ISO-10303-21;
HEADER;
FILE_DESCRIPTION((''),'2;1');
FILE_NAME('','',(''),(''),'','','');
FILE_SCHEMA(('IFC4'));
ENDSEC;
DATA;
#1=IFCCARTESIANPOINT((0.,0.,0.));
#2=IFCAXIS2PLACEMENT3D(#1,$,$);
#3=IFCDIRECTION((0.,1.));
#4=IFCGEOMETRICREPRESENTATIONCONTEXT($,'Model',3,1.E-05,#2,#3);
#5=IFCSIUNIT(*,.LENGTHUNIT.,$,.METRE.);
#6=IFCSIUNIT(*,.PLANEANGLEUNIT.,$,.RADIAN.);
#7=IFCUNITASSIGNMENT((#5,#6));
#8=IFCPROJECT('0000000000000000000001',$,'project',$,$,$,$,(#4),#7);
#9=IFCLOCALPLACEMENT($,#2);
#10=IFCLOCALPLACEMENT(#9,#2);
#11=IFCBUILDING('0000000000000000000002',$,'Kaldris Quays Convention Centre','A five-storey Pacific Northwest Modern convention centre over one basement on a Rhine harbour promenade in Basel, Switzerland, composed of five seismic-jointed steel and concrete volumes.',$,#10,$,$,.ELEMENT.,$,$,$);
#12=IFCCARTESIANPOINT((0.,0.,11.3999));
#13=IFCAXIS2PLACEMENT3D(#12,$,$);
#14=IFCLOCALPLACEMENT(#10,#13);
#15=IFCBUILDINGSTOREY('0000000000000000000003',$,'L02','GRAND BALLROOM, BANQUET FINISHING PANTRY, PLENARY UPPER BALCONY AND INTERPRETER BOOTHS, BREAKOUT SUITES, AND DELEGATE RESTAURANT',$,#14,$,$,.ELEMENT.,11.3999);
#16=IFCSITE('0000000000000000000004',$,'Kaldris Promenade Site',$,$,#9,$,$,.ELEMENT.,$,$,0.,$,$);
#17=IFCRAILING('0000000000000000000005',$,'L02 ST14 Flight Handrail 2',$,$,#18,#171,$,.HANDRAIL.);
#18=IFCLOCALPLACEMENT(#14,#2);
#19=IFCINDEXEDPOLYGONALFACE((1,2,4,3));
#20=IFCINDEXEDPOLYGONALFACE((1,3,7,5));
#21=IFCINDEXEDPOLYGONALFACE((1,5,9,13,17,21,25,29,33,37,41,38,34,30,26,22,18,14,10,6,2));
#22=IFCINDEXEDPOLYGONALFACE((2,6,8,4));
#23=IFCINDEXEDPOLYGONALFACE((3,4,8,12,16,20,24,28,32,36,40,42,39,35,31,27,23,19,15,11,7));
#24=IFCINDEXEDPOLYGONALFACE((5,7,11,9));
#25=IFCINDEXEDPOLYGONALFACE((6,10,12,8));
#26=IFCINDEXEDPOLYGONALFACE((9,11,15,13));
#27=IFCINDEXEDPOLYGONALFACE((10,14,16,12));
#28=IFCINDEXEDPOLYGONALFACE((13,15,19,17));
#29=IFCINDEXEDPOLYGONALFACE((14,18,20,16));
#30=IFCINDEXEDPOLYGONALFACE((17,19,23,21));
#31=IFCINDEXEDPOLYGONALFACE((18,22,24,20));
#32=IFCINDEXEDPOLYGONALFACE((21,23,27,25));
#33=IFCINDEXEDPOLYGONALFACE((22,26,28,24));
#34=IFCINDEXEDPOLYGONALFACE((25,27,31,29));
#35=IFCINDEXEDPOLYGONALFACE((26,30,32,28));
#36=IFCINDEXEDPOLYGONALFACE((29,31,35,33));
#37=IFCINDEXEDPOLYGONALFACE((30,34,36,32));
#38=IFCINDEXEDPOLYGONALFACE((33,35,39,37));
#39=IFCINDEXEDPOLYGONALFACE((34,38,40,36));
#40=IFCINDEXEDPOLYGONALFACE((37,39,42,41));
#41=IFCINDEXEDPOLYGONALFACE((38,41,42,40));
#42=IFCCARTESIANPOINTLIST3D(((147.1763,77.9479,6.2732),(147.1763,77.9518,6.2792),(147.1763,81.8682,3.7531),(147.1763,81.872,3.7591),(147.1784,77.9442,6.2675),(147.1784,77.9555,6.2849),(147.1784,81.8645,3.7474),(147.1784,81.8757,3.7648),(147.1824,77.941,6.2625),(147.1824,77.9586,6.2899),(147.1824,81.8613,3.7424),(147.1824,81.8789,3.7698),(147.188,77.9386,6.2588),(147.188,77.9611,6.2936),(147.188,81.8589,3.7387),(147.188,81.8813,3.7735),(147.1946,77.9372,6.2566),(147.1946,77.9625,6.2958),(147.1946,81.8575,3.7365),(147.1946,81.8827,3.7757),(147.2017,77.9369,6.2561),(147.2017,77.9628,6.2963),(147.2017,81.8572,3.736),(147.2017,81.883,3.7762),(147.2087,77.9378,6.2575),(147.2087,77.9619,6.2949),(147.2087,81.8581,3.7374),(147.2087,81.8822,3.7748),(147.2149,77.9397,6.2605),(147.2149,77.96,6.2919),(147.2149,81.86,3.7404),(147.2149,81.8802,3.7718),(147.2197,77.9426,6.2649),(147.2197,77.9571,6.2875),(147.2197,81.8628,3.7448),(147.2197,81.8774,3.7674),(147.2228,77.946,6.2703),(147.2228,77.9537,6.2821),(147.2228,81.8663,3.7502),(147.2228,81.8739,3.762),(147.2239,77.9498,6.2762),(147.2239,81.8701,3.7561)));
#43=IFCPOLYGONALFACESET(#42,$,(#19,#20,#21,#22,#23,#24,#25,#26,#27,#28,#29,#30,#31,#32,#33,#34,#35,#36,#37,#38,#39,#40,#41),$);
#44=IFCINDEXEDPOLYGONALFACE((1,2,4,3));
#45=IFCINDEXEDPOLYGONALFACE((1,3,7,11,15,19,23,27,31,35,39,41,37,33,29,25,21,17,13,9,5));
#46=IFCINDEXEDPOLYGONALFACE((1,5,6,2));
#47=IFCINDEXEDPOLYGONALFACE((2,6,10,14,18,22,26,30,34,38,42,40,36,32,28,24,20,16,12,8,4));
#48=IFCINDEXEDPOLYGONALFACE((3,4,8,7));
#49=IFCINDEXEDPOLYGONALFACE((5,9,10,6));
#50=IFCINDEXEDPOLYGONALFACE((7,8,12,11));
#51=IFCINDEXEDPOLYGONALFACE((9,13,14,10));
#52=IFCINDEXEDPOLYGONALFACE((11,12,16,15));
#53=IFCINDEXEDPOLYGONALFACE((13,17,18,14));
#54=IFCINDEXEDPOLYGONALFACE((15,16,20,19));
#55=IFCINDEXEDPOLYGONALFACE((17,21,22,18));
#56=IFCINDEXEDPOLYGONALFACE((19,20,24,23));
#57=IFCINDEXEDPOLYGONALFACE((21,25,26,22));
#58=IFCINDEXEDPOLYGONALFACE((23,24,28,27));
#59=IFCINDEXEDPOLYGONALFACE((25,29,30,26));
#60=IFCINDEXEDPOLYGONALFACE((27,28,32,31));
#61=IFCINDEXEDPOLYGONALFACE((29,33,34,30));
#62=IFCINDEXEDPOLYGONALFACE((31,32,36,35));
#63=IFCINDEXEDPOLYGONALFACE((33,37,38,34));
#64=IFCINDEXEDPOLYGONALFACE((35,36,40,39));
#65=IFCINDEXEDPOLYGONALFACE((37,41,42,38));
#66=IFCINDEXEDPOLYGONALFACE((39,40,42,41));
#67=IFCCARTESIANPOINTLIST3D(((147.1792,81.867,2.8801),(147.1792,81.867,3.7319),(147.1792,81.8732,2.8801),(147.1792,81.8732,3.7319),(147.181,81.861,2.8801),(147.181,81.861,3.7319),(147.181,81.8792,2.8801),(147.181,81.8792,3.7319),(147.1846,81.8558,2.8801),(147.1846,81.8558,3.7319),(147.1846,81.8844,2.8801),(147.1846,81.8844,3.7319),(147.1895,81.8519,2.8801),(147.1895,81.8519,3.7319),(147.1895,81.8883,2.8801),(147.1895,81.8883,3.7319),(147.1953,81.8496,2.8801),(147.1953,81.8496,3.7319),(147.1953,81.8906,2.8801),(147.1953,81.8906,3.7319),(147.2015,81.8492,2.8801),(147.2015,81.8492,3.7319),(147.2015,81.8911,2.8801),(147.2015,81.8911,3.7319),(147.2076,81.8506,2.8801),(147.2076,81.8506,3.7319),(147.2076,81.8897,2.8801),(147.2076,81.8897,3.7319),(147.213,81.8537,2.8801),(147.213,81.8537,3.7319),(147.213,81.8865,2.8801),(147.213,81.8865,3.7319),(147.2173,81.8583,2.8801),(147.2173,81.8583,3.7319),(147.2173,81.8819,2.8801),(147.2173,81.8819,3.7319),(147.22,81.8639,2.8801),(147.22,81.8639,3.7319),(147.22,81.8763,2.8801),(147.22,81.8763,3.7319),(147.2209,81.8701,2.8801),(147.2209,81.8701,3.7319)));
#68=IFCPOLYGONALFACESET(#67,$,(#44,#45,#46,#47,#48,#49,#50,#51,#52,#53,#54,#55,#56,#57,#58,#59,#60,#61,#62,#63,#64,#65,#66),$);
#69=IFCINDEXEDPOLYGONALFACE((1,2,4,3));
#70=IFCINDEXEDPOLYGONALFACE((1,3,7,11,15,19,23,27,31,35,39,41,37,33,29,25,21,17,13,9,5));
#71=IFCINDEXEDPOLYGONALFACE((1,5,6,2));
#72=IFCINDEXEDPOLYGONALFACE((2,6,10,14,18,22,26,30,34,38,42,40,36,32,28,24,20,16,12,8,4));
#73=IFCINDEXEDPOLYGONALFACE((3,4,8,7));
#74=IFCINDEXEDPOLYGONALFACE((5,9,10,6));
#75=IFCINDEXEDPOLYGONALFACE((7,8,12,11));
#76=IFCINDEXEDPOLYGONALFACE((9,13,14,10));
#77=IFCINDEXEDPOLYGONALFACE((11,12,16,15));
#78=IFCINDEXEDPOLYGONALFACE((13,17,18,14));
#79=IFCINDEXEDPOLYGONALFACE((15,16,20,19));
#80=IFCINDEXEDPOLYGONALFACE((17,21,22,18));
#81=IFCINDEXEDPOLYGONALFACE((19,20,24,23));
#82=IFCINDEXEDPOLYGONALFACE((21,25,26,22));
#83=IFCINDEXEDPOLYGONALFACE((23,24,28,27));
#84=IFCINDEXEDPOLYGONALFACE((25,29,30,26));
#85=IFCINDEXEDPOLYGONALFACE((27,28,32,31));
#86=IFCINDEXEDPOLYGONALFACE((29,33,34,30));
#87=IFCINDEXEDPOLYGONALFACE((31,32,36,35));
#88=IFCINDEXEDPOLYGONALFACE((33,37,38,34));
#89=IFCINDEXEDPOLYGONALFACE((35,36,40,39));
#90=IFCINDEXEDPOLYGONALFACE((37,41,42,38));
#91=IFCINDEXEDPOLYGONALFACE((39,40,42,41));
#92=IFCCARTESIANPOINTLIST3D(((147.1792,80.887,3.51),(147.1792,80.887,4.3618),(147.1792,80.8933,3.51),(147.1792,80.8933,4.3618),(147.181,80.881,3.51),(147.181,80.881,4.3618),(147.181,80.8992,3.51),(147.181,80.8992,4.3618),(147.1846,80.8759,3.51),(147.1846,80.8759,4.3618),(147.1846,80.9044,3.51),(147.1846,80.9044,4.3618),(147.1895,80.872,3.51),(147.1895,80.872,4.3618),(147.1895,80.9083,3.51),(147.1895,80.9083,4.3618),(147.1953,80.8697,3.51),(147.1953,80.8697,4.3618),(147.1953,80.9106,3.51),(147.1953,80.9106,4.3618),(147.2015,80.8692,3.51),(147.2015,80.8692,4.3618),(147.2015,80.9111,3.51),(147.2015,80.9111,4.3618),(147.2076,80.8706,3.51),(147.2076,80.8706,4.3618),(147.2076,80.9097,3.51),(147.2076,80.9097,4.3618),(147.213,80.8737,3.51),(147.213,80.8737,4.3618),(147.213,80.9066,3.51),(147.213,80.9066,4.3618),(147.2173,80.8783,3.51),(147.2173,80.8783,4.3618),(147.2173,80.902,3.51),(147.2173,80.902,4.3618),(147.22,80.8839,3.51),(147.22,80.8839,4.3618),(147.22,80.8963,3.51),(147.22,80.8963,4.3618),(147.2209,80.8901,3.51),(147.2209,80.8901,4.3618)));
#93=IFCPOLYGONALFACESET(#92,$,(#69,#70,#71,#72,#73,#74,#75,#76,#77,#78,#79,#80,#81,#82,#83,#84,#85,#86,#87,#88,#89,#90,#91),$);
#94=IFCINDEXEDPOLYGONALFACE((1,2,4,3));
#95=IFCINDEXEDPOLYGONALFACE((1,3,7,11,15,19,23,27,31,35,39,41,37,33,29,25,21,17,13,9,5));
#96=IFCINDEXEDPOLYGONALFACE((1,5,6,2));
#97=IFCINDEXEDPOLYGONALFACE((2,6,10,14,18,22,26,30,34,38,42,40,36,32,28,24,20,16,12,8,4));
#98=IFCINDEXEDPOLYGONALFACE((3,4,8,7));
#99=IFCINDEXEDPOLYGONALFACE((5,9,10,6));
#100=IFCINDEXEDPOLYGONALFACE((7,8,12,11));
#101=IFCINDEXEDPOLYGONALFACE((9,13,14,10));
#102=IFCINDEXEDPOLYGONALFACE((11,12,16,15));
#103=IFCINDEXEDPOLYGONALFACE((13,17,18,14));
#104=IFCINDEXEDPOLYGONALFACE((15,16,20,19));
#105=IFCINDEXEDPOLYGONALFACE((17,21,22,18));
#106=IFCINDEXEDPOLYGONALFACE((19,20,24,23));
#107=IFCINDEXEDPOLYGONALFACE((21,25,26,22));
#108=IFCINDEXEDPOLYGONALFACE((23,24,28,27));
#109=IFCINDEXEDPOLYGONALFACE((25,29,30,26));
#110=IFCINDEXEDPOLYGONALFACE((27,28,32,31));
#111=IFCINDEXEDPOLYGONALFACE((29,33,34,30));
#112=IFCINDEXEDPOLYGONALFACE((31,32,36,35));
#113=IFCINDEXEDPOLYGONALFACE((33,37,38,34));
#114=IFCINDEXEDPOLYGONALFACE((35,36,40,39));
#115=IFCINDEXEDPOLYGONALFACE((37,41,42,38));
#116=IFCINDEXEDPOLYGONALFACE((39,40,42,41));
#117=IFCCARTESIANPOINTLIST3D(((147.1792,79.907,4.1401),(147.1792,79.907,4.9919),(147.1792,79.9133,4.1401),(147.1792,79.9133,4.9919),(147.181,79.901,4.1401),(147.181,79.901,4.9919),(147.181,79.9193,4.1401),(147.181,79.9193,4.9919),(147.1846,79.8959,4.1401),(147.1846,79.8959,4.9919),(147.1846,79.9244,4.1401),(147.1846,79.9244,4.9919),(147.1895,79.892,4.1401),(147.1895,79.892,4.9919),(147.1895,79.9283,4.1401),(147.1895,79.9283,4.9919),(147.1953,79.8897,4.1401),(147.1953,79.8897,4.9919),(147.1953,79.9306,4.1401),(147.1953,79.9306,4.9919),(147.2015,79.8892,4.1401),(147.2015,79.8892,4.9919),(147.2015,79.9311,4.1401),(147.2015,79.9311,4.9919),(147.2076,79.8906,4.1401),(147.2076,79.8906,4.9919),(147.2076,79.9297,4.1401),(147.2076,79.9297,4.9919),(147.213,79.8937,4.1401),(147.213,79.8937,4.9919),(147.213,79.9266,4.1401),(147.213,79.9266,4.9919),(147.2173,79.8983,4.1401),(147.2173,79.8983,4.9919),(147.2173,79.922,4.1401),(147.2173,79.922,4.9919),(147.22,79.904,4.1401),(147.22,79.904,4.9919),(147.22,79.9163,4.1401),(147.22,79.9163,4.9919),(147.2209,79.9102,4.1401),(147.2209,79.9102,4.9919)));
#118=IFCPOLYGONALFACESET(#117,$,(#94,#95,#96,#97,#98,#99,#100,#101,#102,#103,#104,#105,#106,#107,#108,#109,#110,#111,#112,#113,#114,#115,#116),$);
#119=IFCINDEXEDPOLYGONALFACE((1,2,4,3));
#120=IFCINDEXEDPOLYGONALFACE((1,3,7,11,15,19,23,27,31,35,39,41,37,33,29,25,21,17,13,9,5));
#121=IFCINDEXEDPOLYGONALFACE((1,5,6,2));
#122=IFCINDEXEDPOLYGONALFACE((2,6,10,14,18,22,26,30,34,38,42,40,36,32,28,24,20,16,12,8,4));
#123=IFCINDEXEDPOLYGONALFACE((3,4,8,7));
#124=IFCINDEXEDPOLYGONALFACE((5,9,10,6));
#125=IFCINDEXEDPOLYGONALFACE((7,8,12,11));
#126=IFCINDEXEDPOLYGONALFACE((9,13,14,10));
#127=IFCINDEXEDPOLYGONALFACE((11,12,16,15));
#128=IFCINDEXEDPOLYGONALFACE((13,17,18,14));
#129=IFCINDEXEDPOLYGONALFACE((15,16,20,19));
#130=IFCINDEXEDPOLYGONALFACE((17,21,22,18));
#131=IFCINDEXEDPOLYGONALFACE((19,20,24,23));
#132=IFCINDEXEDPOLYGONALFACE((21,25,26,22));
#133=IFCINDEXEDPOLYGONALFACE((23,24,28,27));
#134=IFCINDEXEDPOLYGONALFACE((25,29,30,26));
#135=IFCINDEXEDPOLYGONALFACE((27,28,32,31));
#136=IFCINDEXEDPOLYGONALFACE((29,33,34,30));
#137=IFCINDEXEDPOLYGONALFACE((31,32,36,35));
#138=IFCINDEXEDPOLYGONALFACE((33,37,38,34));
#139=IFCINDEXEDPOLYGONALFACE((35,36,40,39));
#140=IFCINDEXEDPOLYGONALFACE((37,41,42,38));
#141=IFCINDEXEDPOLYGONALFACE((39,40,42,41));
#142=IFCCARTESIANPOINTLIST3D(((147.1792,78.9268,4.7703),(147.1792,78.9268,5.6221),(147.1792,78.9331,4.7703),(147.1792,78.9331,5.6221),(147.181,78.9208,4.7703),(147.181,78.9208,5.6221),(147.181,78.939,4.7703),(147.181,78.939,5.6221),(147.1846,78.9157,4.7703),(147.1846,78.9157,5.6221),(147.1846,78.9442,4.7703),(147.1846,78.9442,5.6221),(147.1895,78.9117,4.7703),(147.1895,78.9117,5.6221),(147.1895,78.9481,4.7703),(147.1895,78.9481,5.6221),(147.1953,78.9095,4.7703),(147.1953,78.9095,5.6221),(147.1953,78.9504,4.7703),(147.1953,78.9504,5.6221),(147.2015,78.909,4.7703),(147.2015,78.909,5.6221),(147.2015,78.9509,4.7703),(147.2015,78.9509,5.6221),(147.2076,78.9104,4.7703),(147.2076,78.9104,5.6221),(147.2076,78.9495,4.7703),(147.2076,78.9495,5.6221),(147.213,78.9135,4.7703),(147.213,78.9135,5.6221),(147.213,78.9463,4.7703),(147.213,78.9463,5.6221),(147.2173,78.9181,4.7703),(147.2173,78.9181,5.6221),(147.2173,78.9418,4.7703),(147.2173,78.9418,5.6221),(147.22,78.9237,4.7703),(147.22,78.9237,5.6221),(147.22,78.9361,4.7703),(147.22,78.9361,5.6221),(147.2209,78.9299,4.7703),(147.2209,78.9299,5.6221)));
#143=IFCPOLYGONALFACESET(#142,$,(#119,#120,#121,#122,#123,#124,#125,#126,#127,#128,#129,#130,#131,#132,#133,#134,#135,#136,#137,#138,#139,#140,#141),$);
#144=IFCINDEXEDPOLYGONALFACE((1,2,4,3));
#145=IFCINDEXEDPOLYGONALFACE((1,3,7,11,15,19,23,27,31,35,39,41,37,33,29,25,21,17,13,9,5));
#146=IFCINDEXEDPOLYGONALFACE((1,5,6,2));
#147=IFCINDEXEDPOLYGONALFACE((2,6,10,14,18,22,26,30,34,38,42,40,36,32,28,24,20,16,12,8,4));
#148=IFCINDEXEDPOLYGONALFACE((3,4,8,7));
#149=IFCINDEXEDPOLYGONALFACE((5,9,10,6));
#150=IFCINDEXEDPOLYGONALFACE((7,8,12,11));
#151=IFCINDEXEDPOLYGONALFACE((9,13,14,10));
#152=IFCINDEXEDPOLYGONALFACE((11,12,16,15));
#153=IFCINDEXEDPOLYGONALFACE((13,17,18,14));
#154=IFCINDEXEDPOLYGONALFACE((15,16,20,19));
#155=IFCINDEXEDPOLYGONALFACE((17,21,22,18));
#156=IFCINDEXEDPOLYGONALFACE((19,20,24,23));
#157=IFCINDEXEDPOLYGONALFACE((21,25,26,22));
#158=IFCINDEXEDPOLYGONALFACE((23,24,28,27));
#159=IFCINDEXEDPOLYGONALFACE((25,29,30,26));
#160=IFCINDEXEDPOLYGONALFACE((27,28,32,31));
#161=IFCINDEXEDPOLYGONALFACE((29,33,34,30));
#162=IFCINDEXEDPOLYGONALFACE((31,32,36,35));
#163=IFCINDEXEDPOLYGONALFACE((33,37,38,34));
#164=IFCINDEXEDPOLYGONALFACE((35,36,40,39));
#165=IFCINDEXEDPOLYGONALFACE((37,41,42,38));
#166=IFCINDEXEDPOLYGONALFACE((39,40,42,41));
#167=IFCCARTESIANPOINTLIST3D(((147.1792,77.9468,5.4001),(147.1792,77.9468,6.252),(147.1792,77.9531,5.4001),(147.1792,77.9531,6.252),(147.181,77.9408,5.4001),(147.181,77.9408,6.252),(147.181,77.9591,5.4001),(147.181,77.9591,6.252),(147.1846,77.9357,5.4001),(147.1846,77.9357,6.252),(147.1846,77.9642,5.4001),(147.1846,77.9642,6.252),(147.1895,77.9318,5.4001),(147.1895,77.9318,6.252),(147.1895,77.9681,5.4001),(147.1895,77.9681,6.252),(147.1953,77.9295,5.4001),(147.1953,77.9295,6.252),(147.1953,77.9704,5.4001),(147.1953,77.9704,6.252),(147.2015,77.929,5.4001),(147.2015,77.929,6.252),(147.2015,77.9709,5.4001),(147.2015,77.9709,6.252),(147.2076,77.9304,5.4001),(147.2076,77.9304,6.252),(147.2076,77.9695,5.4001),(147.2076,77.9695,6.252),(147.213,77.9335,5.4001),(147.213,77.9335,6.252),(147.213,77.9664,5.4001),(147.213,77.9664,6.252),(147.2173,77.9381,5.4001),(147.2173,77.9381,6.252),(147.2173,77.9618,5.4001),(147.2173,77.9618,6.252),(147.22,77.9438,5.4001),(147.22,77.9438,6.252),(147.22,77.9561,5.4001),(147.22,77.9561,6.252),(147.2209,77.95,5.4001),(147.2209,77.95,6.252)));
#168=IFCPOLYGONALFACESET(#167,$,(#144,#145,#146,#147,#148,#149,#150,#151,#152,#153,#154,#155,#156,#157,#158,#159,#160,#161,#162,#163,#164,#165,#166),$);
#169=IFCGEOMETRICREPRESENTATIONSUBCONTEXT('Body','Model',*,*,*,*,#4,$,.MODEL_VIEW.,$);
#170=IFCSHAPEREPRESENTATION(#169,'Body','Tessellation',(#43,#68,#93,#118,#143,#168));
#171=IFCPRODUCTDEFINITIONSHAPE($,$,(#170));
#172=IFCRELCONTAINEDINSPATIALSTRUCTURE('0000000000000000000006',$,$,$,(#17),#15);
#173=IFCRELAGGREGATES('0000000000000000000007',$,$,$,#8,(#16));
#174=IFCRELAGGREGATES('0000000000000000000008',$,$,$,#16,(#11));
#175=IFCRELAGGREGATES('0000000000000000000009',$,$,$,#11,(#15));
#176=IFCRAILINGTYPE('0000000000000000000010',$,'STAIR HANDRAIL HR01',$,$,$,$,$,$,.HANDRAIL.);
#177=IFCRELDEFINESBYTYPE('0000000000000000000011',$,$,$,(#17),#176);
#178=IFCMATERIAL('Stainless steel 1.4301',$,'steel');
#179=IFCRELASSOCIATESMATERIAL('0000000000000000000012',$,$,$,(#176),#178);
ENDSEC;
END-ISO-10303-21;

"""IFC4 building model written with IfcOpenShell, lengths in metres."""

from ifc_helpers import new_model, si_unit, direction, frame, origin, origin_2d, place, context, subcontext, project, spatial, circle, extrude, material, type_object, element, save


model = new_model("IFC4")

# Units and contexts
model_context = context("Model", 3, precision=1e-05, world=origin(), true_north=direction((0.0, 1.0)))
body_context = subcontext(model_context, "Body", "Model", "MODEL_VIEW")
ifc_project = project(units=[si_unit("LENGTHUNIT", "METRE"), si_unit("PLANEANGLEUNIT", "RADIAN")], contexts=[model_context])

# Site, building, storey
site_placement = place(None, origin())
site = spatial("IfcSite", under=ifc_project, at=site_placement, Name="Kaldris Promenade Site", CompositionType="ELEMENT", RefElevation=0.0)
building_placement = place(site_placement, origin())
building = spatial("IfcBuilding", under=site, at=building_placement, Name="Kaldris Quays Convention Centre", Description="A five-storey Pacific Northwest Modern convention centre over one basement on a Rhine harbour promenade in Basel, Switzerland, composed of five seismic-jointed steel and concrete volumes.", CompositionType="ELEMENT")
storey_placement = place(building_placement, frame((0.0, 0.0, 11.3999)))
storey = spatial("IfcBuildingStorey", under=building, at=storey_placement, Name="L02", Description="GRAND BALLROOM, BANQUET FINISHING PANTRY, PLENARY UPPER BALCONY AND INTERPRETER BOOTHS, BREAKOUT SUITES, AND DELEGATE RESTAURANT", CompositionType="ELEMENT", Elevation=11.3999)

# Railing
ifc_material_1 = material(Name="Stainless steel 1.4301", Category="steel")
railing_type_1 = type_object("IfcRailingType", Name="STAIR HANDRAIL HR01", PredefinedType="HANDRAIL", material=ifc_material_1)
railing_1_placement = place(storey_placement, frame((147.2, 81.8701, 2.8801)))
element("IfcRailing", 1, at=railing_1_placement, inside=storey, type_object=railing_type_1, Name="L02 ST14 Flight Handrail 2", PredefinedType="HANDRAIL", context=body_context, shape_type="SweptSolid", body=[
    extrude(circle(Radius=0.0239, at=origin_2d()), frame((0.0, 0.0, 0.876), z_axis=(0.0, -0.841187, 0.540744), x_axis=(1.0, 0.0, 0.0)), (0.0, 0.0, 1.0), 4.6604),
    extrude(circle(Radius=0.021, at=origin_2d()), origin(), (0.0, 0.0, 1.0), 0.8518),
    extrude(circle(Radius=0.021, at=origin_2d()), frame((0.0, -0.98, 0.6299)), (0.0, 0.0, 1.0), 0.8518),
    extrude(circle(Radius=0.021, at=origin_2d()), frame((0.0, -1.96, 1.26)), (0.0, 0.0, 1.0), 0.8518),
    extrude(circle(Radius=0.021, at=origin_2d()), frame((0.0, -2.9402, 1.8901)), (0.0, 0.0, 1.0), 0.8518),
    extrude(circle(Radius=0.021, at=origin_2d()), frame((0.0, -3.9202, 2.52)), (0.0, 0.0, 1.0), 0.8518),
])

save(model, "model.ifc")
